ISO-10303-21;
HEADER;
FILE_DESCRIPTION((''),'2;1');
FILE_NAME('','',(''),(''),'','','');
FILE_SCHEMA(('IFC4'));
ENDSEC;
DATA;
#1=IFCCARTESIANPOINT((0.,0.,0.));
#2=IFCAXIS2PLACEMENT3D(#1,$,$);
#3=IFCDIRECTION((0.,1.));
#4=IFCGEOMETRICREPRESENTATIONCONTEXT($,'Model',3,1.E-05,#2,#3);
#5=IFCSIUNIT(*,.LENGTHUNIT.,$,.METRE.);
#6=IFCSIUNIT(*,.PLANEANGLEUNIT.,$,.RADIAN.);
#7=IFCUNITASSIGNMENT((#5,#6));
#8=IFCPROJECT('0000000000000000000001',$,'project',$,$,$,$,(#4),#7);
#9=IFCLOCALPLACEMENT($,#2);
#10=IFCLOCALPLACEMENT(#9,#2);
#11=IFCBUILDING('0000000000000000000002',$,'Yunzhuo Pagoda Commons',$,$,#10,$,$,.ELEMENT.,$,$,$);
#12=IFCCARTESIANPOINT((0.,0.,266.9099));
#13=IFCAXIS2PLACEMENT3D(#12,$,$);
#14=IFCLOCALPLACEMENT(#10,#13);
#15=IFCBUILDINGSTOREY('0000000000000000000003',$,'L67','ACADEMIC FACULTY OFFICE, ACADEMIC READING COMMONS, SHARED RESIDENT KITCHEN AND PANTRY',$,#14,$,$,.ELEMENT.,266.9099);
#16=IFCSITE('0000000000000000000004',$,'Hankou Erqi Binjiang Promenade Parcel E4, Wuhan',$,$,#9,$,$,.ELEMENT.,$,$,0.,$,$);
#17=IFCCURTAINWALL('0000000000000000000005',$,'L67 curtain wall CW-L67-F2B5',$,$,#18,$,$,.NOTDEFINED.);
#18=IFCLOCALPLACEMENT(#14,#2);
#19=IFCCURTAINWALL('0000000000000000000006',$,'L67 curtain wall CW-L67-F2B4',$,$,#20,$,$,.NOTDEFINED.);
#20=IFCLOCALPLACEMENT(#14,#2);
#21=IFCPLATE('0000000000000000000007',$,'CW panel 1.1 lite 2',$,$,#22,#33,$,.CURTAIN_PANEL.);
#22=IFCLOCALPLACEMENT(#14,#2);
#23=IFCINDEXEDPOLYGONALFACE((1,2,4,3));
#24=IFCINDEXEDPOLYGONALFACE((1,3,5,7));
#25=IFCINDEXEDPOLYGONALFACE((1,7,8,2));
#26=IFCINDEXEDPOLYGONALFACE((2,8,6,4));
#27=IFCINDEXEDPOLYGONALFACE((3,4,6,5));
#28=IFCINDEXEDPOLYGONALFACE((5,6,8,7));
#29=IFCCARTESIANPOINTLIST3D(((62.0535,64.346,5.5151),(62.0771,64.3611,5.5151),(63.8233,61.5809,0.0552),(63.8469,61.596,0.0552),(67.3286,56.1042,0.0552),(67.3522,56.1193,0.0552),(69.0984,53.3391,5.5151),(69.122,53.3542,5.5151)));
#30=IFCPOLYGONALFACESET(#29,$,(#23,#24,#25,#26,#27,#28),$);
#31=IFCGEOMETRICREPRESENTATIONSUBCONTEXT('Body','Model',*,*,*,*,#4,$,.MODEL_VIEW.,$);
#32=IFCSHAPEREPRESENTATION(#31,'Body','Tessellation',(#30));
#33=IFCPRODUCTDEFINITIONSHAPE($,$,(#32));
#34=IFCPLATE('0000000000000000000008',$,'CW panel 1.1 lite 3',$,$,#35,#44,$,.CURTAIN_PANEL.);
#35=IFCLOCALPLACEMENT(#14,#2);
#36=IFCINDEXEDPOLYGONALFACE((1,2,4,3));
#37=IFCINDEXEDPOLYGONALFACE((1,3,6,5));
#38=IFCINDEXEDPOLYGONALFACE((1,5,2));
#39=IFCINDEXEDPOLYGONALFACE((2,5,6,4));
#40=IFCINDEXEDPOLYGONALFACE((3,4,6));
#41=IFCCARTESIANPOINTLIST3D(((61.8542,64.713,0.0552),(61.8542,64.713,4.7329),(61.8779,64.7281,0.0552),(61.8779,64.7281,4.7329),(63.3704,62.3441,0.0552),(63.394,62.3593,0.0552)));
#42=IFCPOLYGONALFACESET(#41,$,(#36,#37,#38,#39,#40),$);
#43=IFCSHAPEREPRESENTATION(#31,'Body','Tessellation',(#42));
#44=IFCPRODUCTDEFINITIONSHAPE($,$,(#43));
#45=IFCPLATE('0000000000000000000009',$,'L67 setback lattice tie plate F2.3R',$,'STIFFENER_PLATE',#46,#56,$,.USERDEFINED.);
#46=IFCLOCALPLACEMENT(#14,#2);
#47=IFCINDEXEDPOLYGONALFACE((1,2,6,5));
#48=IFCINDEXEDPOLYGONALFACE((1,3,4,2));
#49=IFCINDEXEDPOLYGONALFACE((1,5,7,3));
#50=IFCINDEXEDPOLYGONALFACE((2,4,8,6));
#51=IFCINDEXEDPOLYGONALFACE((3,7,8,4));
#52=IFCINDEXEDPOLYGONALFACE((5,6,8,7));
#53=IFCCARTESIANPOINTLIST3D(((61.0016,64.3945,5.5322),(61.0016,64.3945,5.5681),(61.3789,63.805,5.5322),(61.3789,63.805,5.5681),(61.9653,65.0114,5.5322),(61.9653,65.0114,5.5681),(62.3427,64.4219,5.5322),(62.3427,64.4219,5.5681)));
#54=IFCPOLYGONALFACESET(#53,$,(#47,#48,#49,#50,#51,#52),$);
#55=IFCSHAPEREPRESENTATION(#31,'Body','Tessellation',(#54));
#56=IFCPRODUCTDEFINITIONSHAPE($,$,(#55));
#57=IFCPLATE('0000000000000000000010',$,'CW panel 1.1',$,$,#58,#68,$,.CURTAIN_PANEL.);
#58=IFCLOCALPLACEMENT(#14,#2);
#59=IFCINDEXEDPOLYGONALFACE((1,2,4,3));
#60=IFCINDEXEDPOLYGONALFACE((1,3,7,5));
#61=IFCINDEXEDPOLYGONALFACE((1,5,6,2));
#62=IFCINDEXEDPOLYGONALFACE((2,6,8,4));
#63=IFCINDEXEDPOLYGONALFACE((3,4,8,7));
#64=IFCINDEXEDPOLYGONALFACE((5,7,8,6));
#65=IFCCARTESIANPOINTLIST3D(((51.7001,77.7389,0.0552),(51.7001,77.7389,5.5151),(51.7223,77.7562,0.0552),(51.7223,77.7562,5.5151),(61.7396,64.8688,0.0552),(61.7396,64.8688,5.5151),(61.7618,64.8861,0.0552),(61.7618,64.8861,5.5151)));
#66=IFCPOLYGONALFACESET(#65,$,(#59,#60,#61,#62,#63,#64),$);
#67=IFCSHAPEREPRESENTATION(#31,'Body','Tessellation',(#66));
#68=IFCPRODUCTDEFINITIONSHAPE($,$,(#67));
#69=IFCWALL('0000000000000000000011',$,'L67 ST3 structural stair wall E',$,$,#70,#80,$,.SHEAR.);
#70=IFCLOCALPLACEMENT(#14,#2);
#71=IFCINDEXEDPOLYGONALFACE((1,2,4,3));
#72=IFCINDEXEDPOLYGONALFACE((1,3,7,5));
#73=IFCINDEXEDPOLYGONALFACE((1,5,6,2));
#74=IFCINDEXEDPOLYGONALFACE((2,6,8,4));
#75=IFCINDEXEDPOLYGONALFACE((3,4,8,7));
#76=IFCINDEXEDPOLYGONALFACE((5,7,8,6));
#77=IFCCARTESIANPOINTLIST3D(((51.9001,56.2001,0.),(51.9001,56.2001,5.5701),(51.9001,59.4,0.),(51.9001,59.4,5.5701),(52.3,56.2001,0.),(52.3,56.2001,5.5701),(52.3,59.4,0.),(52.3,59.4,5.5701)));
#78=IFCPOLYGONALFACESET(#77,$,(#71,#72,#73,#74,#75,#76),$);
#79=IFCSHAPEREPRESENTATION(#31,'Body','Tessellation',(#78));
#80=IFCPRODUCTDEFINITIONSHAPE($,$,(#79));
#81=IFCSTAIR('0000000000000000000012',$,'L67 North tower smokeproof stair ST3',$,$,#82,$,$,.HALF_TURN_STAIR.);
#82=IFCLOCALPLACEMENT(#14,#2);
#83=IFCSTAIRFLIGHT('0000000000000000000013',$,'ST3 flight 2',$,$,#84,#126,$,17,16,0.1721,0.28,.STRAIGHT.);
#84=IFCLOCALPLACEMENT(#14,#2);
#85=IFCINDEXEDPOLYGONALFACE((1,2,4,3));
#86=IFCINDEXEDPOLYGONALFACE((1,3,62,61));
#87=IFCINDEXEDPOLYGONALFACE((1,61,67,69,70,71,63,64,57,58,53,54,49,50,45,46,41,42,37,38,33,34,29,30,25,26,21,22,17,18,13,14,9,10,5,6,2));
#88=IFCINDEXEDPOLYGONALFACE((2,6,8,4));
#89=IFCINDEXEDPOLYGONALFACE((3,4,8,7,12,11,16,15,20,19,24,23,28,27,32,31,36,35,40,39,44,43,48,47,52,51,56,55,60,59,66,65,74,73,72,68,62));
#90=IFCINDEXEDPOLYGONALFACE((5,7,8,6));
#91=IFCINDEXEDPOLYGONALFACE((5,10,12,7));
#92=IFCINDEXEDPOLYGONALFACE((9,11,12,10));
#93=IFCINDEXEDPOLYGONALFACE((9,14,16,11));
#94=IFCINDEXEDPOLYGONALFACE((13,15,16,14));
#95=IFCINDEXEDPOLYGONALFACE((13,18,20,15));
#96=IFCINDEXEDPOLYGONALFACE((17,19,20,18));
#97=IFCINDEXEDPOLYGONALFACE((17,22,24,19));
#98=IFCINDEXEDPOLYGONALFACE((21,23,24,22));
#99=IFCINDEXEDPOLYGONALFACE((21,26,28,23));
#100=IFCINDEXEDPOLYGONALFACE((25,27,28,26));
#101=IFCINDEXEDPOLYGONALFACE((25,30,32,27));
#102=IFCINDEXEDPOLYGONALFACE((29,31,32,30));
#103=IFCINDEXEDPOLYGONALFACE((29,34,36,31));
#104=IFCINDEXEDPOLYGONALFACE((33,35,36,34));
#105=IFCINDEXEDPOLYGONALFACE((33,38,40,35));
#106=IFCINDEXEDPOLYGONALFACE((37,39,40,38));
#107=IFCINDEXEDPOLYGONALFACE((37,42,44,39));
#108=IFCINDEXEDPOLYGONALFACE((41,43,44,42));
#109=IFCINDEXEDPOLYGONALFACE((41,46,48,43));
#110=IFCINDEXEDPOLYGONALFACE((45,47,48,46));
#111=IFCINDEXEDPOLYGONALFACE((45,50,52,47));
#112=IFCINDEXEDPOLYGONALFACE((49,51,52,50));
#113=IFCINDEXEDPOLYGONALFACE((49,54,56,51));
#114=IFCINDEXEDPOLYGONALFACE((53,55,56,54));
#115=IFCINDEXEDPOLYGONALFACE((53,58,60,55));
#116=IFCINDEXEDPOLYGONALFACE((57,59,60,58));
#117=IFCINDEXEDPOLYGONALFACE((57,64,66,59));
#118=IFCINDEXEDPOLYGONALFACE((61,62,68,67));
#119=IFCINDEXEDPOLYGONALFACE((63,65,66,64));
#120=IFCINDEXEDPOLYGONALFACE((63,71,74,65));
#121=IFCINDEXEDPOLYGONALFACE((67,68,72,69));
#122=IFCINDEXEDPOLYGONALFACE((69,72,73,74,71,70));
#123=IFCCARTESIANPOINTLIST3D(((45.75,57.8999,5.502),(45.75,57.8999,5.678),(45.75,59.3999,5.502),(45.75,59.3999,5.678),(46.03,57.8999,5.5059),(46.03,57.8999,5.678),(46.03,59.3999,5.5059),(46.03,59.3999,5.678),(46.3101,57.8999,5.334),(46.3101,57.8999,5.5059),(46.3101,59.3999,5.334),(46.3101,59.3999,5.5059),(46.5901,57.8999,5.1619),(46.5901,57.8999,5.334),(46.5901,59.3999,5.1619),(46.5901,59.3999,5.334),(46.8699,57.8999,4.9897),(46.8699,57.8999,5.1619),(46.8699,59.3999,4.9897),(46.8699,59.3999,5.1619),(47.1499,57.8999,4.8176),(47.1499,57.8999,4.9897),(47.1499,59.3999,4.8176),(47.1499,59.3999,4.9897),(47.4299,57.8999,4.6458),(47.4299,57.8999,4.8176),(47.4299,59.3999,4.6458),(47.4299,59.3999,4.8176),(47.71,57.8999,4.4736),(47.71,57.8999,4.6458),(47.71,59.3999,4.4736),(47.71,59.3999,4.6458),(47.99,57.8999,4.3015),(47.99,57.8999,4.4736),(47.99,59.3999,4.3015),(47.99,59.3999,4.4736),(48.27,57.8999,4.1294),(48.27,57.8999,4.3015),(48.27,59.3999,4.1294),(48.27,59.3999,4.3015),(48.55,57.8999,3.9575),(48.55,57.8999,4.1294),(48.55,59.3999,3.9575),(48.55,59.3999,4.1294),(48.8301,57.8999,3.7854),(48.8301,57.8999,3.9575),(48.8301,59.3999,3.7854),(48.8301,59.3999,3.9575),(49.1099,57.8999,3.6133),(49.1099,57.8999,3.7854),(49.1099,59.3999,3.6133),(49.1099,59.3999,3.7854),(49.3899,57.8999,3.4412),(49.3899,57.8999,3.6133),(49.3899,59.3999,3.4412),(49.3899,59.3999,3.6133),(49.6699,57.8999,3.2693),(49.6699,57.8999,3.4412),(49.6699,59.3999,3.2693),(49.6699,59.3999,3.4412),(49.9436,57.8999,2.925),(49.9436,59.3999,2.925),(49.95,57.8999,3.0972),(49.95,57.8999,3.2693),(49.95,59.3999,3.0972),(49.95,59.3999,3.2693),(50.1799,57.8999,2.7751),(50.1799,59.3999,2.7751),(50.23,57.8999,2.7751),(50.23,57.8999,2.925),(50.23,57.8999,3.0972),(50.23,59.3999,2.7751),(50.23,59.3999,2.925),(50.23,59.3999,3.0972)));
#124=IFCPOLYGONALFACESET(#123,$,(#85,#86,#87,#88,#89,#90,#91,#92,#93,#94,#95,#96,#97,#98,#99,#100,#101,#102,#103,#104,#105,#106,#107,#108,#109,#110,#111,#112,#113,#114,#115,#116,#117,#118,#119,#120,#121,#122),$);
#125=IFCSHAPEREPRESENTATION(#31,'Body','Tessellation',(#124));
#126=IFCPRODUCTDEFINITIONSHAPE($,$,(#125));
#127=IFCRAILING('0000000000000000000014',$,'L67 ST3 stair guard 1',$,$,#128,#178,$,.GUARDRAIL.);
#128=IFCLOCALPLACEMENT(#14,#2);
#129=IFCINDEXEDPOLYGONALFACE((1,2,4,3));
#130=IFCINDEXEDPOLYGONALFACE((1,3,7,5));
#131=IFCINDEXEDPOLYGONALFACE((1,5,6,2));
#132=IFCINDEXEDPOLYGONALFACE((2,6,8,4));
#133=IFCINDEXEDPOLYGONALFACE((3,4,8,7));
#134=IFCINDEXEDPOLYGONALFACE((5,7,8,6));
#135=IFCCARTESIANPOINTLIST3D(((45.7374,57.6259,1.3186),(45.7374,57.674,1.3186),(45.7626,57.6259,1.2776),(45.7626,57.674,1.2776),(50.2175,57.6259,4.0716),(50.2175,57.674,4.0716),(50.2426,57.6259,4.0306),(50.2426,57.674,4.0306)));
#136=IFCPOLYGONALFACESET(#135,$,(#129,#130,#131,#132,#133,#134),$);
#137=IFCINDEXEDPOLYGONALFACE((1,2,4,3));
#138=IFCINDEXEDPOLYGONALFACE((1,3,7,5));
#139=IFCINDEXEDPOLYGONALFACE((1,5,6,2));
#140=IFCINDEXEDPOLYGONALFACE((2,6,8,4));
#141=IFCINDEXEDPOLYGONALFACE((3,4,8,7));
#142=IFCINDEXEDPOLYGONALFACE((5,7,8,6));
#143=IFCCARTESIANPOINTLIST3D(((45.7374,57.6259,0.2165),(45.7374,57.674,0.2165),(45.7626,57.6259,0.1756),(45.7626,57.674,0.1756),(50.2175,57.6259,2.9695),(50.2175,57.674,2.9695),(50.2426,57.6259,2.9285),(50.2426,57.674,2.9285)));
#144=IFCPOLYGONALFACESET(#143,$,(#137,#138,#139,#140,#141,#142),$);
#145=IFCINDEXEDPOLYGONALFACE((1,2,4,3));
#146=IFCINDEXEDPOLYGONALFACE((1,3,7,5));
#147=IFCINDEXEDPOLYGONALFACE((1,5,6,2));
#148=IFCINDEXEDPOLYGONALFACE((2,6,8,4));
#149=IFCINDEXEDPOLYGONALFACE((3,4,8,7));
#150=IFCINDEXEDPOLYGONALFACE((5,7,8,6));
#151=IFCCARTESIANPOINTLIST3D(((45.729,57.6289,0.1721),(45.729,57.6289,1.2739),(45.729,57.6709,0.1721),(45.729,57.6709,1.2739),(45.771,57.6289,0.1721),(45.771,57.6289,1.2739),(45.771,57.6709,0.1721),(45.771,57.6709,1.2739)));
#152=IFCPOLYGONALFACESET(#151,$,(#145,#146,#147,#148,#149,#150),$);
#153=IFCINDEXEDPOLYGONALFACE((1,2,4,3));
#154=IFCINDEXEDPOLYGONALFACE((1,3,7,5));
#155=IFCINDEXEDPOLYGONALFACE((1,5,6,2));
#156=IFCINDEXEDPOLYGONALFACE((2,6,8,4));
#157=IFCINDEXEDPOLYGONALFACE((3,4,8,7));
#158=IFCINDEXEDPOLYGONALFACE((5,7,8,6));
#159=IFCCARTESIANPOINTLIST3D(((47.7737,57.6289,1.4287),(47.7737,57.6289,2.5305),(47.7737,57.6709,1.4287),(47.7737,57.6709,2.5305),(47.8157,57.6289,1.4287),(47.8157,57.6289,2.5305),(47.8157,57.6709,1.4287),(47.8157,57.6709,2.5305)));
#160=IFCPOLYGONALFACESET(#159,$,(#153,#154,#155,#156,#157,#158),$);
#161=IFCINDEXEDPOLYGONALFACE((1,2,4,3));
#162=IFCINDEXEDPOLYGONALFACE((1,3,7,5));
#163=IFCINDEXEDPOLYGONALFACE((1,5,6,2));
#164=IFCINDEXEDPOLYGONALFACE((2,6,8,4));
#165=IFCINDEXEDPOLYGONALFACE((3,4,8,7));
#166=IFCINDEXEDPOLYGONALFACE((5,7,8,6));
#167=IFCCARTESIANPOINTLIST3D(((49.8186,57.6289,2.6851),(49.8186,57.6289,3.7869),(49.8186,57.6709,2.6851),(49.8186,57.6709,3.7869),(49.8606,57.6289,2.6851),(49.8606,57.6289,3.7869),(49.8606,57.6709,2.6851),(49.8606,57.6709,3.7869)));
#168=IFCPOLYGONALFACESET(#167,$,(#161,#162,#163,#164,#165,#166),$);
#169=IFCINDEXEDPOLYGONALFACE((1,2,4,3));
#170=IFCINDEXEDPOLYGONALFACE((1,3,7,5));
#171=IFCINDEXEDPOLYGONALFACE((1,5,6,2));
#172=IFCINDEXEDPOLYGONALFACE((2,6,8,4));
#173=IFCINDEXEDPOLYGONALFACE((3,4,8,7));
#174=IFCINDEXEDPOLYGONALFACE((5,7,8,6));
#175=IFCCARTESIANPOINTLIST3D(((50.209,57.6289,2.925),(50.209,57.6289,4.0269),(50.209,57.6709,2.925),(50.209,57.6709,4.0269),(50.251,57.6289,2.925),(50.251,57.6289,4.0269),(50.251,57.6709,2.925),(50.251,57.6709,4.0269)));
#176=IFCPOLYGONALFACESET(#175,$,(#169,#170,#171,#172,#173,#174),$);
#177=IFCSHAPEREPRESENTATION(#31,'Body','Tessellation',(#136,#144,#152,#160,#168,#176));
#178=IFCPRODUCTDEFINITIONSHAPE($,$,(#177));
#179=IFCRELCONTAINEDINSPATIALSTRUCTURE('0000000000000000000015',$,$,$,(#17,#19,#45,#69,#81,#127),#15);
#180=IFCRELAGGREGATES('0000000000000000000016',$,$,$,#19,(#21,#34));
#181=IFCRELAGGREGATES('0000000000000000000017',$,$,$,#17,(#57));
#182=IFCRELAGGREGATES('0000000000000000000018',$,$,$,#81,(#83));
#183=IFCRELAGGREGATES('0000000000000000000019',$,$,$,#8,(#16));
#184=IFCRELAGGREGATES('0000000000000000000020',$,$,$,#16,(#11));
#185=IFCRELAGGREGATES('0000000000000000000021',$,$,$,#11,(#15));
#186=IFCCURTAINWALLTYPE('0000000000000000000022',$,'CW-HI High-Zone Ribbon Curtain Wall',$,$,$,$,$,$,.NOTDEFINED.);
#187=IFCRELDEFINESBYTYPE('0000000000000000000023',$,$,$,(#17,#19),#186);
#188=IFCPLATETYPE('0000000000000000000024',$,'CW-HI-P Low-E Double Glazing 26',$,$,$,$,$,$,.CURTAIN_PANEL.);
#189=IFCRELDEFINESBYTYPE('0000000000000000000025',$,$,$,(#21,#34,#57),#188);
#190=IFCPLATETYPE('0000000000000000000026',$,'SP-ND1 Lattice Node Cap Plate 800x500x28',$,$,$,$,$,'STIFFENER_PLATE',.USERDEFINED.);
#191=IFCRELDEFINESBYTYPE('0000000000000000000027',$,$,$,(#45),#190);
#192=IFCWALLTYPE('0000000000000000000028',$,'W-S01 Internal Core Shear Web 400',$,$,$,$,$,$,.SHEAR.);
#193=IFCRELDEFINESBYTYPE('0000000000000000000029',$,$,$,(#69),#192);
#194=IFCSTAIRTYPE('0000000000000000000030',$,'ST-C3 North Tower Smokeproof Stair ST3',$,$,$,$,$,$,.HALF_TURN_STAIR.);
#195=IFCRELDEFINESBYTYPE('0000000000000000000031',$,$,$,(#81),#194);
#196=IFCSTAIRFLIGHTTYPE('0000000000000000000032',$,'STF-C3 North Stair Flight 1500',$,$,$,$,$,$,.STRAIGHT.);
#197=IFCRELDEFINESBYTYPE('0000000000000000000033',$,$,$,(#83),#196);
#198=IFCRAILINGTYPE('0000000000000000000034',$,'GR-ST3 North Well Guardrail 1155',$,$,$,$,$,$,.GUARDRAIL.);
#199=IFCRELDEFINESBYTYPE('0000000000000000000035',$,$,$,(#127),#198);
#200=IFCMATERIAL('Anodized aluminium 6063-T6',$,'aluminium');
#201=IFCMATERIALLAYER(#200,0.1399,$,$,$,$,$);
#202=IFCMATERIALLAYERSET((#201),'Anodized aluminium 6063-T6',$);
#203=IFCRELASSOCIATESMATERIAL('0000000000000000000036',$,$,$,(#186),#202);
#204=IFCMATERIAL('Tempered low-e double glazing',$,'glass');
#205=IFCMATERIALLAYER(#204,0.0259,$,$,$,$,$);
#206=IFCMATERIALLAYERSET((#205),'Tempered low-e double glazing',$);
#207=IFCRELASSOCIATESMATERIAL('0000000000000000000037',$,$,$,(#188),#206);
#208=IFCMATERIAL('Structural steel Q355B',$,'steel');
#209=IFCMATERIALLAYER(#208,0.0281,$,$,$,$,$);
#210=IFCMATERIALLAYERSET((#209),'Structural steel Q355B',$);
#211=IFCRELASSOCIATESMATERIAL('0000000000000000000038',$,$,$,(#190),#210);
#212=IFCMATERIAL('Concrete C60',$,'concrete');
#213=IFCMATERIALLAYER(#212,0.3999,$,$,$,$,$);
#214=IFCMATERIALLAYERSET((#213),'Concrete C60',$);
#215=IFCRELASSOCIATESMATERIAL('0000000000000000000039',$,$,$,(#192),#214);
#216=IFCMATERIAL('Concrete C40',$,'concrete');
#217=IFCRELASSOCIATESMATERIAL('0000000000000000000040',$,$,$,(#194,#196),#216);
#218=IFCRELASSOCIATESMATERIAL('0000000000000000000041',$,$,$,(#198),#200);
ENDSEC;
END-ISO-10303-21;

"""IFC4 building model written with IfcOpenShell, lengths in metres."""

from ifc_helpers import new_model, si_unit, direction, frame, frame_2d, origin, origin_2d, place, context, subcontext, project, spatial, polyline, rectangle, outline, extrude, source, transform, mapped, material, layer, layer_set, type_object, element, aggregate, save


model = new_model("IFC4")

# Units and contexts
model_context = context("Model", 3, precision=1e-05, world=origin(), true_north=direction((0.0, 1.0)))
body_context = subcontext(model_context, "Body", "Model", "MODEL_VIEW")
ifc_project = project(units=[si_unit("LENGTHUNIT", "METRE"), si_unit("PLANEANGLEUNIT", "RADIAN")], contexts=[model_context])

# Site, building, storey
site_placement = place(None, origin())
site = spatial("IfcSite", under=ifc_project, at=site_placement, Name="Hankou Erqi Binjiang Promenade Parcel E4, Wuhan", CompositionType="ELEMENT", RefElevation=0.0)
building_placement = place(site_placement, origin())
building = spatial("IfcBuilding", under=site, at=building_placement, Name="Yunzhuo Pagoda Commons", CompositionType="ELEMENT")
storey_placement = place(building_placement, frame((0.0, 0.0, 266.9099)))
storey = spatial("IfcBuildingStorey", under=building, at=storey_placement, Name="L67", Description="ACADEMIC FACULTY OFFICE, ACADEMIC READING COMMONS, SHARED RESIDENT KITCHEN AND PANTRY", CompositionType="ELEMENT", Elevation=266.9099)

# Shared definitions
ifc_material_1 = material(Name="Structural steel Q355B", Category="steel")

# Curtain wall
ifc_material_2 = material(Name="Anodized aluminium 6063-T6", Category="aluminium")
ifc_layer_1 = layer(ifc_material_2, 0.1399)
ifc_layer_set_1 = layer_set([ifc_layer_1], Name="Anodized aluminium 6063-T6")
curtain_wall_type = type_object("IfcCurtainWallType", Name="CW-HI High-Zone Ribbon Curtain Wall", PredefinedType="NOTDEFINED", material=ifc_layer_set_1)
curtain_wall_1_placement = place(storey_placement, origin())
curtain_wall_1 = element("IfcCurtainWall", 1, at=curtain_wall_1_placement, inside=storey, type_object=curtain_wall_type, Name="L67 curtain wall CW-L67-F2B5", PredefinedType="NOTDEFINED")

# Curtain wall
curtain_wall_2_placement = place(storey_placement, origin())
curtain_wall_2 = element("IfcCurtainWall", 2, at=curtain_wall_2_placement, inside=storey, type_object=curtain_wall_type, Name="L67 curtain wall CW-L67-F2B4", PredefinedType="NOTDEFINED")

# Plates
ifc_material_3 = material(Name="Tempered low-e double glazing", Category="glass")
ifc_layer_2 = layer(ifc_material_3, 0.0259)
ifc_layer_set_2 = layer_set([ifc_layer_2], Name="Tempered low-e double glazing")
plate_type_1 = type_object("IfcPlateType", Name="CW-HI-P Low-E Double Glazing 26", PredefinedType="CURTAIN_PANEL", material=ifc_layer_set_2)
plate_1_placement = place(storey_placement, frame((65.5759, 58.8425, 2.7852), z_axis=(0.842256, 0.539078, 0.0), x_axis=(-0.539078, 0.842256, 0.0)))
plate_1 = element("IfcPlate", 3, at=plate_1_placement, type_object=plate_type_1, Name="CW panel 1.1 lite 2", PredefinedType="CURTAIN_PANEL", context=body_context, shape_type="SweptSolid", body=[
    extrude(outline(polyline([(-6.5342, 2.73), (-3.2512, -2.73), (3.2512, -2.73), (6.5342, 2.73), (-6.5342, 2.73)])), origin(), (0.0, 0.0, 1.0), 0.0281),
])
plate_2_placement = place(storey_placement, frame((62.6123, 63.5286, 2.394), z_axis=(0.842256, 0.539078, 0.0), x_axis=(-0.539078, 0.842256, 0.0)))
plate_2 = element("IfcPlate", 4, at=plate_2_placement, type_object=plate_type_1, Name="CW panel 1.1 lite 3", PredefinedType="CURTAIN_PANEL", context=body_context, shape_type="SweptSolid", body=[
    extrude(outline(polyline([(-1.4062, -2.3389), (1.4062, -2.3389), (1.4062, 2.3389), (-1.4062, -2.3389)])), origin(), (0.0, 0.0, 1.0), 0.0281),
])
aggregate(curtain_wall_2, [plate_1, plate_2])
ifc_layer_3 = layer(ifc_material_1, 0.0281)
ifc_layer_set_3 = layer_set([ifc_layer_3], Name="Structural steel Q355B")
plate_type_2 = type_object("IfcPlateType", Name="SP-ND1 Lattice Node Cap Plate 800x500x28", ElementType="STIFFENER_PLATE", PredefinedType="USERDEFINED", material=ifc_layer_set_3)
shared_shape_1 = source(origin(), body_context, "Body", "SweptSolid", [
    extrude(rectangle(XDim=0.7, YDim=1.1443, at=origin_2d()), origin(), (0.0, 0.0, 1.0), 0.0359),
])
plate_3_placement = place(storey_placement, frame((61.6721, 64.4082, 5.5322), z_axis=(0.0, 0.0, 1.0), x_axis=(-0.53908, 0.842255, 0.0)))
element("IfcPlate", 5, at=plate_3_placement, inside=storey, type_object=plate_type_2, Name="L67 setback lattice tie plate F2.3R", ObjectType="STIFFENER_PLATE", PredefinedType="USERDEFINED", context=body_context, shape_type="MappedRepresentation", body=[
    mapped(shared_shape_1, transform((0.0, 0.0, 0.0), scale=1.0)),
])
shared_shape_2 = source(origin(), body_context, "Body", "SweptSolid", [
    extrude(rectangle(XDim=16.3228, YDim=0.0281, at=origin_2d()), origin(), (0.0, 0.0, 1.0), 5.46),
])
plate_4_placement = place(storey_placement, frame((56.731, 71.3125, 0.0552), z_axis=(0.0, 0.0, 1.0), x_axis=(-0.61506, 0.78848, 0.0)))
plate_4 = element("IfcPlate", 6, at=plate_4_placement, type_object=plate_type_1, Name="CW panel 1.1", PredefinedType="CURTAIN_PANEL", context=body_context, shape_type="MappedRepresentation", body=[
    mapped(shared_shape_2, transform((0.0, 0.0, 0.0), scale=1.0)),
])
aggregate(curtain_wall_1, [plate_4])

# Wall
ifc_material_4 = material(Name="Concrete C60", Category="concrete")
ifc_layer_4 = layer(ifc_material_4, 0.3999)
ifc_layer_set_4 = layer_set([ifc_layer_4], Name="Concrete C60")
wall_type_1 = type_object("IfcWallType", Name="W-S01 Internal Core Shear Web 400", PredefinedType="SHEAR", material=ifc_layer_set_4)
wall_1_placement = place(storey_placement, frame((52.1001, 56.2, 0.0), z_axis=(0.0, 0.0, 1.0), x_axis=(0.0, 1.0, 0.0)))
element("IfcWall", 7, at=wall_1_placement, inside=storey, type_object=wall_type_1, Name="L67 ST3 structural stair wall E", PredefinedType="SHEAR", context=body_context, shape_type="SweptSolid", body=[
    extrude(rectangle(XDim=3.2, YDim=0.3999, at=frame_2d((1.6001, 0.0))), origin(), (0.0, 0.0, 1.0), 5.5701),
])

# Stair, stair flight
ifc_material_5 = material(Name="Concrete C40", Category="concrete")
stair_type = type_object("IfcStairType", Name="ST-C3 North Tower Smokeproof Stair ST3", PredefinedType="HALF_TURN_STAIR", material=ifc_material_5)
stair_placement = place(storey_placement, origin())
stair = element("IfcStair", 8, at=stair_placement, inside=storey, type_object=stair_type, Name="L67 North tower smokeproof stair ST3", PredefinedType="HALF_TURN_STAIR")
stair_flight_type = type_object("IfcStairFlightType", Name="STF-C3 North Stair Flight 1500", PredefinedType="STRAIGHT", material=ifc_material_5)
shared_shape_3 = source(origin(), body_context, "Body", "SweptSolid", [
    extrude(outline(polyline([(0.0, -0.1499), (0.0, 0.0), (0.0, 0.1721), (0.28, 0.1721), (0.28, 0.3442), (0.5601, 0.3442), (0.5601, 0.5161), (0.8401, 0.5161), (0.8401, 0.6882), (1.1201, 0.6882), (1.1201, 0.8604), (1.3999, 0.8604), (1.3999, 1.0325), (1.6799, 1.0325), (1.6799, 1.2043), (1.96, 1.2043), (1.96, 1.3765), (2.24, 1.3765), (2.24, 1.5486), (2.52, 1.5486), (2.52, 1.7207), (2.8, 1.7207), (2.8, 1.8926), (3.0801, 1.8926), (3.0801, 2.0647), (3.3601, 2.0647), (3.3601, 2.2368), (3.6399, 2.2368), (3.6399, 2.4089), (3.9199, 2.4089), (3.9199, 2.5808), (4.2, 2.5808), (4.2, 2.7529), (4.48, 2.7529), (4.48, 2.925), (4.48, 2.5769), (0.2864, 0.0), (0.05, -0.1499), (0.0, -0.1499)])), frame((0.0, 0.75, 0.0), z_axis=(0.0, -1.0, 0.0), x_axis=(1.0, 0.0, 0.0)), (0.0, 0.0, 1.0), 1.5),
])
stair_flight_placement = place(storey_placement, frame((50.23, 58.6499, 2.925), z_axis=(0.0, 0.0, 1.0), x_axis=(-1.0, 0.0, 0.0)))
stair_flight = element("IfcStairFlight", 9, at=stair_flight_placement, type_object=stair_flight_type, Name="ST3 flight 2", NumberOfRisers=17, NumberOfTreads=16, PredefinedType="STRAIGHT", RiserHeight=0.1721, TreadLength=0.28, context=body_context, shape_type="MappedRepresentation", body=[
    mapped(shared_shape_3, transform((0.0, 0.0, 0.0), scale=1.0)),
])
aggregate(stair, [stair_flight])

# Railing
railing_type_1 = type_object("IfcRailingType", Name="GR-ST3 North Well Guardrail 1155", PredefinedType="GUARDRAIL", material=ifc_material_2)
railing_1_placement = place(storey_placement, frame((45.75, 57.6499, 0.1721)))
element("IfcRailing", 10, at=railing_1_placement, inside=storey, type_object=railing_type_1, Name="L67 ST3 stair guard 1", PredefinedType="GUARDRAIL", context=body_context, shape_type="SweptSolid", body=[
    extrude(rectangle(XDim=0.0481, YDim=0.0481, at=origin_2d()), frame((0.0, 0.0, 1.126), z_axis=(0.851996, 0.0, 0.523548), x_axis=(0.0, 1.0, 0.0)), (0.0, 0.0, 1.0), 5.2583),
    extrude(rectangle(XDim=0.0481, YDim=0.0481, at=origin_2d()), frame((0.0, 0.0, 0.0239), z_axis=(0.851996, 0.0, 0.523548), x_axis=(0.0, 1.0, 0.0)), (0.0, 0.0, 1.0), 5.2583),
    extrude(rectangle(XDim=0.042, YDim=0.042, at=origin_2d()), origin(), (0.0, 0.0, 1.0), 1.1018),
    extrude(rectangle(XDim=0.042, YDim=0.042, at=origin_2d()), frame((2.0447, 0.0, 1.2566)), (0.0, 0.0, 1.0), 1.1018),
    extrude(rectangle(XDim=0.042, YDim=0.042, at=origin_2d()), frame((4.0896, 0.0, 2.5129)), (0.0, 0.0, 1.0), 1.1018),
    extrude(rectangle(XDim=0.042, YDim=0.042, at=origin_2d()), frame((4.48, 0.0, 2.7529)), (0.0, 0.0, 1.0), 1.1018),
])

save(model, "model.ifc")
